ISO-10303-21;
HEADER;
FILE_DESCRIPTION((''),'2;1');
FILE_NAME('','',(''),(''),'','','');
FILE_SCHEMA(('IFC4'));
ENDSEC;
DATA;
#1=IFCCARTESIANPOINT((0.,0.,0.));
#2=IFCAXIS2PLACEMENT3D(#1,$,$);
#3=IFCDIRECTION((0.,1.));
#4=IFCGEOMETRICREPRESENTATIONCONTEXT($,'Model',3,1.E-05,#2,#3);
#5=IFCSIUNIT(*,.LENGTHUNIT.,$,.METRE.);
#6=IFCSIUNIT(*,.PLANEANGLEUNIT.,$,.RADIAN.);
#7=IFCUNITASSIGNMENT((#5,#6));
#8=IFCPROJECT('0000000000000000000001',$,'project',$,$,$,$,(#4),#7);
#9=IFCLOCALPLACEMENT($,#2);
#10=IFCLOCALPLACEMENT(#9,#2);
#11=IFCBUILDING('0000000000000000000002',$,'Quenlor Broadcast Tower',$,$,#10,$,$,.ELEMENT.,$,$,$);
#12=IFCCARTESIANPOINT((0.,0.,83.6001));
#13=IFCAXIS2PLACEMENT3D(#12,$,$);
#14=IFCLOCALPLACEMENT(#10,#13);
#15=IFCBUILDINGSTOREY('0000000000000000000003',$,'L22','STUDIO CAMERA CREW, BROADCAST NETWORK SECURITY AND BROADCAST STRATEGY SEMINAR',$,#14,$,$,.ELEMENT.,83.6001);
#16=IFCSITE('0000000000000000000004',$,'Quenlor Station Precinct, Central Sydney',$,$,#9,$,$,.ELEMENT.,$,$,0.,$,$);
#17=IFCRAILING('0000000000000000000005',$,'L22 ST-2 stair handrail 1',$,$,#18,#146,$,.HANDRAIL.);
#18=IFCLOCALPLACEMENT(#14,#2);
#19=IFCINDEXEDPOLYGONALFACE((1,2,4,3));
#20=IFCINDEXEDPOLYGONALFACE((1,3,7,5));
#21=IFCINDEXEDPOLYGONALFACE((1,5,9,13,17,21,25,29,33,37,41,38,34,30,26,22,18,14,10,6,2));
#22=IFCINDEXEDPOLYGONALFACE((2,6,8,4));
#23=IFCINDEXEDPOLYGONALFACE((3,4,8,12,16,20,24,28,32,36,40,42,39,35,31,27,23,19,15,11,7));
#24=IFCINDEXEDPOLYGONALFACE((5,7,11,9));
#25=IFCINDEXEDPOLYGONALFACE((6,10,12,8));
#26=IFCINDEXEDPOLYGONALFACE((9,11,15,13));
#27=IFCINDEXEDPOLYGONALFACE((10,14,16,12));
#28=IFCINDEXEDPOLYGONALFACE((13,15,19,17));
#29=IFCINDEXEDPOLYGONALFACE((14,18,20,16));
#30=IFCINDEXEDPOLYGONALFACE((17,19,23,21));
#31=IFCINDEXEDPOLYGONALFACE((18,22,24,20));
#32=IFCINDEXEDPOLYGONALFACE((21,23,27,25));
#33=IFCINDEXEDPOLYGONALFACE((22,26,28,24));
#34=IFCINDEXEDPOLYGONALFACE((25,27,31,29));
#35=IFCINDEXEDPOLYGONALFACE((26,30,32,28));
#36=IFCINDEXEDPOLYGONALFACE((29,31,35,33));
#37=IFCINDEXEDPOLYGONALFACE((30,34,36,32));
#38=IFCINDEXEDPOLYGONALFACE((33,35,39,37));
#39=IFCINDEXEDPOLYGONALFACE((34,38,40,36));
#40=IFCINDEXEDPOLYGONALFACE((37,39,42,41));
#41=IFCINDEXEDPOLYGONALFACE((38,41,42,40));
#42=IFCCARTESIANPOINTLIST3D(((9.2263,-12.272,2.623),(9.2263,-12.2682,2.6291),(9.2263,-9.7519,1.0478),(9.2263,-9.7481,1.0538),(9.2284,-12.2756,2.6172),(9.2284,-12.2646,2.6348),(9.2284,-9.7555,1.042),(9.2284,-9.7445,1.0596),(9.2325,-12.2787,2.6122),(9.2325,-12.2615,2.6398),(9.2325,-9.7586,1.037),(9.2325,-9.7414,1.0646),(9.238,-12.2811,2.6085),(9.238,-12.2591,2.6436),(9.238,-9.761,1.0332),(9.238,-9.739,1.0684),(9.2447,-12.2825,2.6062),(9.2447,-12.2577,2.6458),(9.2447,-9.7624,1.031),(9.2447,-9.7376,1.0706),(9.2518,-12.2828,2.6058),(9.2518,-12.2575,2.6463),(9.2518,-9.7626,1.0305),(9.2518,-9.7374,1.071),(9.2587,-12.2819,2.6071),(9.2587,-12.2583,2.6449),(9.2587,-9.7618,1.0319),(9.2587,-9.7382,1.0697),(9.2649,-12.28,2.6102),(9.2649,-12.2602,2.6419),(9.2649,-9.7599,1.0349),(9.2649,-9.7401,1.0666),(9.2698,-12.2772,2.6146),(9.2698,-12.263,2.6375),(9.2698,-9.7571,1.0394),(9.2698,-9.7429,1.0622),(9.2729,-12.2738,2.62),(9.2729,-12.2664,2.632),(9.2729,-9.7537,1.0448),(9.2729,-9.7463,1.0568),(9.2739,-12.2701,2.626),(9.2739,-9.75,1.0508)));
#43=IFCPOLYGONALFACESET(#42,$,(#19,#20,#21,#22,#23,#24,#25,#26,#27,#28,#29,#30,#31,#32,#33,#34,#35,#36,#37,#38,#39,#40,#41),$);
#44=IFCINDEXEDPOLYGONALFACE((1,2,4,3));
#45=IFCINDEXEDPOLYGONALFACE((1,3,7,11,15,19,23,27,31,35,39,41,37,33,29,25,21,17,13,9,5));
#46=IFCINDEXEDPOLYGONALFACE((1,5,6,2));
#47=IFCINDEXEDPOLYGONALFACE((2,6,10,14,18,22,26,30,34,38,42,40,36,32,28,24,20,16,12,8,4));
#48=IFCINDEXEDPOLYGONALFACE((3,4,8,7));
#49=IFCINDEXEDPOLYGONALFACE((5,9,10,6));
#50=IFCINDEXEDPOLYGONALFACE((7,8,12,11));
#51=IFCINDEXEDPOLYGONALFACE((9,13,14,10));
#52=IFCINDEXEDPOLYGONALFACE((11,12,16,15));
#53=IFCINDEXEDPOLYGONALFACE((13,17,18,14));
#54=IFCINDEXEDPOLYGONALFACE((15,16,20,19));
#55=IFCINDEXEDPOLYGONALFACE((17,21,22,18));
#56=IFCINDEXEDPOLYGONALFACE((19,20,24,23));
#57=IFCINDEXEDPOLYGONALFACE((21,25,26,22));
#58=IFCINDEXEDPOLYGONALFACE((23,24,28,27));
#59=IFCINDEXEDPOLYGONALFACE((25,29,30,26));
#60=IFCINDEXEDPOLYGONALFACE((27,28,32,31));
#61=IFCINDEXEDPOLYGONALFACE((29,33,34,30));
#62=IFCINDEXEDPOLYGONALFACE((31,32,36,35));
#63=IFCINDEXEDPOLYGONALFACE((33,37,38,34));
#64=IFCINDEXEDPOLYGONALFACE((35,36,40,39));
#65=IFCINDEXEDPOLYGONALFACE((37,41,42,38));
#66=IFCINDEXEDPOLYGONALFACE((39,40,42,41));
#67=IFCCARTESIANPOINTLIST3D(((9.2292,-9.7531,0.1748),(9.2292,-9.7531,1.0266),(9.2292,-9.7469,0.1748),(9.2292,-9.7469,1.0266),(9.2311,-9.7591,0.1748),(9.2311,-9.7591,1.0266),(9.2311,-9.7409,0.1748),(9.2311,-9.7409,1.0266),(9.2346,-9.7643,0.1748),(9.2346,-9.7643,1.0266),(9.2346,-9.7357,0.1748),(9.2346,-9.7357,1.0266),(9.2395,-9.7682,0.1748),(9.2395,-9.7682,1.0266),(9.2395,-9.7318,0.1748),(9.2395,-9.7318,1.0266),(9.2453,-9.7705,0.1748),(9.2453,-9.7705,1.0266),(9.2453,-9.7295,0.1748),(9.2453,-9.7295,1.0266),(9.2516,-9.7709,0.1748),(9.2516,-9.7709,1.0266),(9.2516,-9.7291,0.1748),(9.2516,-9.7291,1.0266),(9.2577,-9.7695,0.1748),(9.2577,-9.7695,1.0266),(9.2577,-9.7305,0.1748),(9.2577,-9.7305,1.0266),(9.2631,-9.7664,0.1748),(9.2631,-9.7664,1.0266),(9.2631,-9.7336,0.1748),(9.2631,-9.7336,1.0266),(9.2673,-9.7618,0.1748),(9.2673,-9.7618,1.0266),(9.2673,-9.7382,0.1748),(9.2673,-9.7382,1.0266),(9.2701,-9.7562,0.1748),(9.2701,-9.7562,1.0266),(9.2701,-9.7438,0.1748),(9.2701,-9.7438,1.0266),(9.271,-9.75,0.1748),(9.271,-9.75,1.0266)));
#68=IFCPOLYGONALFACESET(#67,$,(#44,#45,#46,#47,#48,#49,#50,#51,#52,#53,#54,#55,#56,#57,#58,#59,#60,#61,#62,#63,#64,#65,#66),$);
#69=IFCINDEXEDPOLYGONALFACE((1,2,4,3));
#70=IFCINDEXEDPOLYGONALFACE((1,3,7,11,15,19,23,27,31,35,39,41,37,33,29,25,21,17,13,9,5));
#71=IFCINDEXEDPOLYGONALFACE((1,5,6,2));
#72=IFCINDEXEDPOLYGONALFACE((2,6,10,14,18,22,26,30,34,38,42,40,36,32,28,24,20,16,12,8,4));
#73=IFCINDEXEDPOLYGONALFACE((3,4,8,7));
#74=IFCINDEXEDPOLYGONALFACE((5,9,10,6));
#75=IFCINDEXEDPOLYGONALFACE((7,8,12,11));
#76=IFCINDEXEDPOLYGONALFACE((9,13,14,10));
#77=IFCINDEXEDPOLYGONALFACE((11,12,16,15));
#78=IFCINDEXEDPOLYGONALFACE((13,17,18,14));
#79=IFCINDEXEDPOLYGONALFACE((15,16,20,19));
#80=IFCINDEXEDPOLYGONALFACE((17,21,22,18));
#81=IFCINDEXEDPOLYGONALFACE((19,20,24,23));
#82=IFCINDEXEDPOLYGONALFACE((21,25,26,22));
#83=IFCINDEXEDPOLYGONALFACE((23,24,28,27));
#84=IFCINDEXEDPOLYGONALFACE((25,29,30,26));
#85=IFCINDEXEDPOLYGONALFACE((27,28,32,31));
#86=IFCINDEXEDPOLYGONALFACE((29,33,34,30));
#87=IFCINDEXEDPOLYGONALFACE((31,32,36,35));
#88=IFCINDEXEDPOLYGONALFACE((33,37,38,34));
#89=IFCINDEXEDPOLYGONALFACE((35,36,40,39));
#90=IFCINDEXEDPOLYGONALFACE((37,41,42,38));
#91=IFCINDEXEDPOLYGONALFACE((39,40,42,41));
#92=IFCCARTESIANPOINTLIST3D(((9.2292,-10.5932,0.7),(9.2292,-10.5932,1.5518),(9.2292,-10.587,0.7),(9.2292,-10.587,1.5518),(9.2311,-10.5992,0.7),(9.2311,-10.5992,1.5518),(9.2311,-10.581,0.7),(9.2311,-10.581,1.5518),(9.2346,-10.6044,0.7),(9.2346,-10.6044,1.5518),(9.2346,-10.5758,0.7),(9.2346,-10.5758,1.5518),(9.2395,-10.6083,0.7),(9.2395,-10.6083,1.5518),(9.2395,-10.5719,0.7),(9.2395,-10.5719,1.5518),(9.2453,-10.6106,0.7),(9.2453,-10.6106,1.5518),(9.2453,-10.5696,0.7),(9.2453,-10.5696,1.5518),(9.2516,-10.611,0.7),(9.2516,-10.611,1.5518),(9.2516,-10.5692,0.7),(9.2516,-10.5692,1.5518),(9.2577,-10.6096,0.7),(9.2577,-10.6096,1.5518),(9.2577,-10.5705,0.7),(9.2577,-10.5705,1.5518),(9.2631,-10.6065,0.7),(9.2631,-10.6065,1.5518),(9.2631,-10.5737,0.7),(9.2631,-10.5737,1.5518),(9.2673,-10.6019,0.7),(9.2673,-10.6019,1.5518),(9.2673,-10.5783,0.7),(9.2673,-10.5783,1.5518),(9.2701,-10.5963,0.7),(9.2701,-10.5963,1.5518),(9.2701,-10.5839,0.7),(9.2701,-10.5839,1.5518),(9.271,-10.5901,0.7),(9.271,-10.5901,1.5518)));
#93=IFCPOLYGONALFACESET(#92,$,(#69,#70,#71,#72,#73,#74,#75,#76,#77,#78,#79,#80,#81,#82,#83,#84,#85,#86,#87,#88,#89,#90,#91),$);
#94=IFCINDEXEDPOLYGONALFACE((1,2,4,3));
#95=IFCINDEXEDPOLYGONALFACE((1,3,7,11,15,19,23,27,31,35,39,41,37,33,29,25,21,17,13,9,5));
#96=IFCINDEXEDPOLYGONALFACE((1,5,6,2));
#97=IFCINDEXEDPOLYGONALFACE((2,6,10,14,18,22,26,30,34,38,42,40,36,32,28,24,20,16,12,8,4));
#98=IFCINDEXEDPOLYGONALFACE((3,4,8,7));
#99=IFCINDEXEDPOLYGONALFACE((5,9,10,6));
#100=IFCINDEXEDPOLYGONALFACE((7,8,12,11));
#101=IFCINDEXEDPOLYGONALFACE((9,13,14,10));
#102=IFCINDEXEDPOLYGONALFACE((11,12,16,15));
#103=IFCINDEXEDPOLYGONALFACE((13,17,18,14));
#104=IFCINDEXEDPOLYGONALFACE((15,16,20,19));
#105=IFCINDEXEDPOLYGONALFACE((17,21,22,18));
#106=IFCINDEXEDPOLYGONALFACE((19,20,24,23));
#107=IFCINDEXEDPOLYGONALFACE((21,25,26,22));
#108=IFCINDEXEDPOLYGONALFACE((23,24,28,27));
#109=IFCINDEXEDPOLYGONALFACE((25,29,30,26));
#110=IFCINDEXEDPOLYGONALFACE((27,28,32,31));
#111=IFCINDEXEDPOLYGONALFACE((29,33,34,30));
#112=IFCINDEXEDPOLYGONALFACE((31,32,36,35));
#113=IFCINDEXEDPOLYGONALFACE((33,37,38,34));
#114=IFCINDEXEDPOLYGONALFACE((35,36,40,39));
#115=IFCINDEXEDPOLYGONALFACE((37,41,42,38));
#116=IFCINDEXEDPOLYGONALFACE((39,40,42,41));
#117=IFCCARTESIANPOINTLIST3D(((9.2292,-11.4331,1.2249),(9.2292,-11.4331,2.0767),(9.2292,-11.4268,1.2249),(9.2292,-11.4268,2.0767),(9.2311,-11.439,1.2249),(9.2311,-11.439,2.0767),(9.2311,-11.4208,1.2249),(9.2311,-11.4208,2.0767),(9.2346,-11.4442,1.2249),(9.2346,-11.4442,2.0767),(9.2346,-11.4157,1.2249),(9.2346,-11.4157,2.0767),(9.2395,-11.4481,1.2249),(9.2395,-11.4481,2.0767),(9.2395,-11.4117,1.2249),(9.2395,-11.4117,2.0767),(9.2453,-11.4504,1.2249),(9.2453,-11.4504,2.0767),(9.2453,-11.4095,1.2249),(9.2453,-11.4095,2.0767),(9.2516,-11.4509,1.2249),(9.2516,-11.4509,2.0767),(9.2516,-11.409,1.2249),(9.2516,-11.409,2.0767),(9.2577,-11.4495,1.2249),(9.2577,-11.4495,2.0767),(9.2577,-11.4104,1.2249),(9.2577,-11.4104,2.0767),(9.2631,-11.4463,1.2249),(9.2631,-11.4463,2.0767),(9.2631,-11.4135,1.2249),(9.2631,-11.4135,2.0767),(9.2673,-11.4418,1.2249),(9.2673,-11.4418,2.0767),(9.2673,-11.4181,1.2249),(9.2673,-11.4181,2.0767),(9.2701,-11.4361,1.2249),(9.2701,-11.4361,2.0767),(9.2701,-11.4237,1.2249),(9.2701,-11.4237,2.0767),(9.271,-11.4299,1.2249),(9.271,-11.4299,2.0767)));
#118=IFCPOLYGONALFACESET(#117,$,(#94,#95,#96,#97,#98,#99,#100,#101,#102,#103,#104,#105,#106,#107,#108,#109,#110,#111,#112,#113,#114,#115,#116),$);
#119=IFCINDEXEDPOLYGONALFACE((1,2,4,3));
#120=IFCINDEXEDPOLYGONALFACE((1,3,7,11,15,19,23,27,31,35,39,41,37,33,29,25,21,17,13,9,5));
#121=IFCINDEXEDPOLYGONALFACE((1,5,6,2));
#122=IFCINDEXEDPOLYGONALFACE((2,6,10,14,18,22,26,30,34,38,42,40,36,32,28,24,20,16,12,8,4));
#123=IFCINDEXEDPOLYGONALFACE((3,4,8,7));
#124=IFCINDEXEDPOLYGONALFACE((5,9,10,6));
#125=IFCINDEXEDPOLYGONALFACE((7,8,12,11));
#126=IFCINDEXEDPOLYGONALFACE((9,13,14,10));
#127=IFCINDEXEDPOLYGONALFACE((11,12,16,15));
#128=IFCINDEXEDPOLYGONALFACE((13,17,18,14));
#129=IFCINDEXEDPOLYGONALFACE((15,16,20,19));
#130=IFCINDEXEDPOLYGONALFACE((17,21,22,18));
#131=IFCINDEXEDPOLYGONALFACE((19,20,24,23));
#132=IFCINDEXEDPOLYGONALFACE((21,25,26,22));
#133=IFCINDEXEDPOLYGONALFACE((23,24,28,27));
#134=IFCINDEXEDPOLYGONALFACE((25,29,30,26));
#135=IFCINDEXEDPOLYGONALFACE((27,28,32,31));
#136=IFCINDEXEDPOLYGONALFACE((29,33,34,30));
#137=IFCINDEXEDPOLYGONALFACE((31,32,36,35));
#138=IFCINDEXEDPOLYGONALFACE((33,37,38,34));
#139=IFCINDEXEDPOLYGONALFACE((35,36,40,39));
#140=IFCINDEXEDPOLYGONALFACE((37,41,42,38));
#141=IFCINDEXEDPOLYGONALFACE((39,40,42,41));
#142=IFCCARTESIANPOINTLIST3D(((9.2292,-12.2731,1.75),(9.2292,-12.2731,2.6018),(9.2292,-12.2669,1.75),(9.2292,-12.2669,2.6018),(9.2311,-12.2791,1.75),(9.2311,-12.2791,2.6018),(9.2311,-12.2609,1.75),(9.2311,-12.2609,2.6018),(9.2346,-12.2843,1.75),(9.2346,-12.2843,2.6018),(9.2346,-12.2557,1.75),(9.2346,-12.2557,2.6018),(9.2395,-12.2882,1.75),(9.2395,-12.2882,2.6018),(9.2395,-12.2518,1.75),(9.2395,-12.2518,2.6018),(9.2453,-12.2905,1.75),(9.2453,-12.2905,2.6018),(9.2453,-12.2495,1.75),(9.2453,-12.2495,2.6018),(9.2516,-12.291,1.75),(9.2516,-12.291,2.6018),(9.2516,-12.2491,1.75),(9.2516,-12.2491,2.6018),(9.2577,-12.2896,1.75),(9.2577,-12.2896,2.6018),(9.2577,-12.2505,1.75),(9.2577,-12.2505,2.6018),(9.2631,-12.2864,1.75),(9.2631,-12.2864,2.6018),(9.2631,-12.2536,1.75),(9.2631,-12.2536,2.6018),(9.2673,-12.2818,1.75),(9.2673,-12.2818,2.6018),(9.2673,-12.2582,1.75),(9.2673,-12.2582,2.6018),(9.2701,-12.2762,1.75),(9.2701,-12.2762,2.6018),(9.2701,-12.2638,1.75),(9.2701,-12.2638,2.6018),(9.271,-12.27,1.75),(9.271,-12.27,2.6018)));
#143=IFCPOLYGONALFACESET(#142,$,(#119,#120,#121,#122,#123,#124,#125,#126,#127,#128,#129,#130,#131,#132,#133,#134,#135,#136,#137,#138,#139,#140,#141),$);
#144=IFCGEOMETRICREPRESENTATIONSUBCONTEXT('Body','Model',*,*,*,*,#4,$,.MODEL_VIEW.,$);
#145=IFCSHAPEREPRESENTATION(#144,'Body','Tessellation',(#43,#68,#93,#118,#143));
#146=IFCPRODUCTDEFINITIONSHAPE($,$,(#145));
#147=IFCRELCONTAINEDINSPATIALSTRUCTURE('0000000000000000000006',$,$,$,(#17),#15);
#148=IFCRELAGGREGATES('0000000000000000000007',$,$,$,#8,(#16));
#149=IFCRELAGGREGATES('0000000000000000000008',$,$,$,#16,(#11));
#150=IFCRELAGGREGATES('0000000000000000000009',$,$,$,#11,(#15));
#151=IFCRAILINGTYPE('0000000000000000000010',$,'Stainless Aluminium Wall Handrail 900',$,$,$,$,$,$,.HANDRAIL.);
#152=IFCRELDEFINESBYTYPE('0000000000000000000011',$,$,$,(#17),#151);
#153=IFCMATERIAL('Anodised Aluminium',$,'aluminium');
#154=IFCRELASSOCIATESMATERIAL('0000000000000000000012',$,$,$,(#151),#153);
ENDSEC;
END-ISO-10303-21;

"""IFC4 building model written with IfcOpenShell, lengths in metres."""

from ifc_helpers import new_model, si_unit, direction, frame, origin, origin_2d, place, context, subcontext, project, spatial, circle, extrude, material, type_object, element, save


model = new_model("IFC4")

# Units and contexts
model_context = context("Model", 3, precision=1e-05, world=origin(), true_north=direction((0.0, 1.0)))
body_context = subcontext(model_context, "Body", "Model", "MODEL_VIEW")
ifc_project = project(units=[si_unit("LENGTHUNIT", "METRE"), si_unit("PLANEANGLEUNIT", "RADIAN")], contexts=[model_context])

# Site, building, storey
site_placement = place(None, origin())
site = spatial("IfcSite", under=ifc_project, at=site_placement, Name="Quenlor Station Precinct, Central Sydney", CompositionType="ELEMENT", RefElevation=0.0)
building_placement = place(site_placement, origin())
building = spatial("IfcBuilding", under=site, at=building_placement, Name="Quenlor Broadcast Tower", CompositionType="ELEMENT")
storey_placement = place(building_placement, frame((0.0, 0.0, 83.6001)))
storey = spatial("IfcBuildingStorey", under=building, at=storey_placement, Name="L22", Description="STUDIO CAMERA CREW, BROADCAST NETWORK SECURITY AND BROADCAST STRATEGY SEMINAR", CompositionType="ELEMENT", Elevation=83.6001)

# Railing
ifc_material_1 = material(Name="Anodised Aluminium", Category="aluminium")
railing_type_1 = type_object("IfcRailingType", Name="Stainless Aluminium Wall Handrail 900", PredefinedType="HANDRAIL", material=ifc_material_1)
railing_1_placement = place(storey_placement, frame((9.25, -9.75, 0.1748)))
element("IfcRailing", 1, at=railing_1_placement, inside=storey, type_object=railing_type_1, Name="L22 ST-2 stair handrail 1", PredefinedType="HANDRAIL", context=body_context, shape_type="SweptSolid", body=[
    extrude(circle(Radius=0.0239, at=origin_2d()), frame((0.0, 0.0, 0.876), z_axis=(0.0, -0.847971, 0.530043), x_axis=(1.0, 0.0, 0.0)), (0.0, 0.0, 1.0), 2.9719),
    extrude(circle(Radius=0.021, at=origin_2d()), origin(), (0.0, 0.0, 1.0), 0.8518),
    extrude(circle(Radius=0.021, at=origin_2d()), frame((0.0, -0.8401, 0.5251)), (0.0, 0.0, 1.0), 0.8518),
    extrude(circle(Radius=0.021, at=origin_2d()), frame((0.0, -1.6799, 1.05)), (0.0, 0.0, 1.0), 0.8518),
    extrude(circle(Radius=0.021, at=origin_2d()), frame((0.0, -2.52, 1.5752)), (0.0, 0.0, 1.0), 0.8518),
])

save(model, "model.ifc")
